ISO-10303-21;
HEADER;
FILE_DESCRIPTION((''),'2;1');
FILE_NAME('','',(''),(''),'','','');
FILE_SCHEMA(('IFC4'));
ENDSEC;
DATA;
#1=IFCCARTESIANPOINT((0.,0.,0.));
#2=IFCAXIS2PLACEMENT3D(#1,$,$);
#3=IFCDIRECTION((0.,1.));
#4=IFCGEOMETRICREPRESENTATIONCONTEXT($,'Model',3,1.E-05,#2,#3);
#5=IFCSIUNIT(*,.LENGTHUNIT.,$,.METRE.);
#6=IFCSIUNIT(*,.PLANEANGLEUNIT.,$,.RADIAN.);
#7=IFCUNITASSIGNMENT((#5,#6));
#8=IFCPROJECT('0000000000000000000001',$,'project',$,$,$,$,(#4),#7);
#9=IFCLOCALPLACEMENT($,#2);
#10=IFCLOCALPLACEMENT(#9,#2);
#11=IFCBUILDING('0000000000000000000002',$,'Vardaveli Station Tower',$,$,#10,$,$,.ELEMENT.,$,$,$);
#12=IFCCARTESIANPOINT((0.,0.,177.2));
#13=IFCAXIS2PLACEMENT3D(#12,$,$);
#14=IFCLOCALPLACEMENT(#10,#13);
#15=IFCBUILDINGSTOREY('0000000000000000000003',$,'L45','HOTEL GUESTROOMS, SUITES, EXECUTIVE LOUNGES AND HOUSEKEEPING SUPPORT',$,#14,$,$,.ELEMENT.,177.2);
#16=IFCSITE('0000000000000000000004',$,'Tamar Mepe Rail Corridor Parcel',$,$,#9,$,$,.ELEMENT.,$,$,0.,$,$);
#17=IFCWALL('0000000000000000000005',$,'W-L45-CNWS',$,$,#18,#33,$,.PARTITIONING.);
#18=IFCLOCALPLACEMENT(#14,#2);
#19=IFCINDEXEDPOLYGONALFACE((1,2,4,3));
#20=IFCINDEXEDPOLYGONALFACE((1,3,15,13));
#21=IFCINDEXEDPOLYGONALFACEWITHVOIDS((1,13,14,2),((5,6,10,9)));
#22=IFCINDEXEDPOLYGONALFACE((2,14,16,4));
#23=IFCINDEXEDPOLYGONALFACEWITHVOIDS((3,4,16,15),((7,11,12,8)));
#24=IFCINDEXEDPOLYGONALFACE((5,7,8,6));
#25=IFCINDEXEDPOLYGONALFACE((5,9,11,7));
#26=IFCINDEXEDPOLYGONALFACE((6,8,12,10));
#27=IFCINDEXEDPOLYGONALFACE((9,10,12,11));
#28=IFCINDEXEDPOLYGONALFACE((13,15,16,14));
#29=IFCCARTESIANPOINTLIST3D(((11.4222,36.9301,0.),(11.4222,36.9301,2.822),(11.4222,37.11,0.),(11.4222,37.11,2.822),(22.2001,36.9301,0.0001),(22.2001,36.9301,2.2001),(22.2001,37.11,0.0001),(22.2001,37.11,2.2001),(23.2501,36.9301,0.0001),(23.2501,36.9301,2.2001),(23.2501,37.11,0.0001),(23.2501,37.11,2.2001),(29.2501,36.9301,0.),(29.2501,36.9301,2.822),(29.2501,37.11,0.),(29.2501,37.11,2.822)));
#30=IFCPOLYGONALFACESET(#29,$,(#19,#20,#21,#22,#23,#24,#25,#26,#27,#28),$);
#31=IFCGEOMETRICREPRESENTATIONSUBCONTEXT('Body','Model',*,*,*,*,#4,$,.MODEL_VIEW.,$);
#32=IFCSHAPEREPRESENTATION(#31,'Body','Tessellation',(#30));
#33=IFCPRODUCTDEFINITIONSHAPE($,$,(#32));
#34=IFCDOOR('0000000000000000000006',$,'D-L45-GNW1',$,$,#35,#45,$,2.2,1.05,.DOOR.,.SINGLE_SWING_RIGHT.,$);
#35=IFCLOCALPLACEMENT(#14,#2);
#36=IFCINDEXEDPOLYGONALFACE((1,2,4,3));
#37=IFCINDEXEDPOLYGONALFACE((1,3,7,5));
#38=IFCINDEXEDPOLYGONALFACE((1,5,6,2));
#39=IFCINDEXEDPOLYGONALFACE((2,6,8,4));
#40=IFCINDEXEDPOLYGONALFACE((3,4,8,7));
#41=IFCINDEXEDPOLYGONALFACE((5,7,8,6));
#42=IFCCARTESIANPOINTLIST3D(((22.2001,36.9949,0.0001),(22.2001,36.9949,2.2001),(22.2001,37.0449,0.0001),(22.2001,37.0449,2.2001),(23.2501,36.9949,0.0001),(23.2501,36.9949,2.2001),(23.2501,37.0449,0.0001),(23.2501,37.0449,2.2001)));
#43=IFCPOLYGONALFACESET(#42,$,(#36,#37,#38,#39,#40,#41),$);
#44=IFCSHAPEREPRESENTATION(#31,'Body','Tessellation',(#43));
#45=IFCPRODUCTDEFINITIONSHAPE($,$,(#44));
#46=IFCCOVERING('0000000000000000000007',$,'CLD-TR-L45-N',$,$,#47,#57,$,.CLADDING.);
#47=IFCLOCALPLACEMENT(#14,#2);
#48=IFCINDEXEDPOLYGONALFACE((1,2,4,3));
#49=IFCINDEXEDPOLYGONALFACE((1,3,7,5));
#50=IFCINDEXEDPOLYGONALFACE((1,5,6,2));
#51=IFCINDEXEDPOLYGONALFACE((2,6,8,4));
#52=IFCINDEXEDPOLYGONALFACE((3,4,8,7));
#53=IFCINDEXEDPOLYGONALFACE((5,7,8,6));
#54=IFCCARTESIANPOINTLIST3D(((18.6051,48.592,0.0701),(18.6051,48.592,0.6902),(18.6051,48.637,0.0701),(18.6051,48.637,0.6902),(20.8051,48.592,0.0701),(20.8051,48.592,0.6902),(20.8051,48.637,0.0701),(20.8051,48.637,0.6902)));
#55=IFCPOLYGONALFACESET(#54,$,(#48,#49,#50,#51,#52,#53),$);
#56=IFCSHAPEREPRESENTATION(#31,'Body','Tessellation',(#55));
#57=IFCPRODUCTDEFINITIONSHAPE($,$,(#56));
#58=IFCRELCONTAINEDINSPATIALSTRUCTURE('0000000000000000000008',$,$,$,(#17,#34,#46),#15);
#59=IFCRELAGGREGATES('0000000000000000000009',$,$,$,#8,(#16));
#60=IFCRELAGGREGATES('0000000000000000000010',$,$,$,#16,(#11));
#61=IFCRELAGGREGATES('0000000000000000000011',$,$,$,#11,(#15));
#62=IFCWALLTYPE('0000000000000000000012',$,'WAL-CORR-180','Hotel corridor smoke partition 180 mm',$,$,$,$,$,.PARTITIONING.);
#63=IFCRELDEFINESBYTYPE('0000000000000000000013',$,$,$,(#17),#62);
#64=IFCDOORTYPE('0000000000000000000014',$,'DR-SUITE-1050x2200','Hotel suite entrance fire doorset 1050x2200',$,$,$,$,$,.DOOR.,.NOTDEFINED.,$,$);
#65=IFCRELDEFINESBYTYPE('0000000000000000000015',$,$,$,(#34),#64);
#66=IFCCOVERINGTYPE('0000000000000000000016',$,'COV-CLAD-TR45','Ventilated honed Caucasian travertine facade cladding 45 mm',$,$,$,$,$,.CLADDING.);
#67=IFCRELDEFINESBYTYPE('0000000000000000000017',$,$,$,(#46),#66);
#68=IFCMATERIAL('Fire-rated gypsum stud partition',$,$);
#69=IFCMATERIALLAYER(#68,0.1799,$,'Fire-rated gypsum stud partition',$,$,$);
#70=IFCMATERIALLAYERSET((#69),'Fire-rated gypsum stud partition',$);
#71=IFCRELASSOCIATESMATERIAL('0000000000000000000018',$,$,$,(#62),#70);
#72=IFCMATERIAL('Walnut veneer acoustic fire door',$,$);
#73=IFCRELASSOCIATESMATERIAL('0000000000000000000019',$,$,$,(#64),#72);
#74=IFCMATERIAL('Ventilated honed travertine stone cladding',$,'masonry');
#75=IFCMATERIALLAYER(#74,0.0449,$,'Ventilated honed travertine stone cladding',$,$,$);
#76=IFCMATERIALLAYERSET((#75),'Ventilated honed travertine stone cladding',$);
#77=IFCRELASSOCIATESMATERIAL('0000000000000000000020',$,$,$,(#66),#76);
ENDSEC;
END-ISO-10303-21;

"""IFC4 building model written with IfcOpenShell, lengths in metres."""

from ifc_helpers import new_model, si_unit, direction, frame, frame_2d, origin, origin_2d, place, context, subcontext, project, spatial, rectangle, extrude, source, transform, mapped, material, layer, layer_set, type_object, element, fill, save


model = new_model("IFC4")

# Units and contexts
model_context = context("Model", 3, precision=1e-05, world=origin(), true_north=direction((0.0, 1.0)))
body_context = subcontext(model_context, "Body", "Model", "MODEL_VIEW")
ifc_project = project(units=[si_unit("LENGTHUNIT", "METRE"), si_unit("PLANEANGLEUNIT", "RADIAN")], contexts=[model_context])

# Site, building, storey
site_placement = place(None, origin())
site = spatial("IfcSite", under=ifc_project, at=site_placement, Name="Tamar Mepe Rail Corridor Parcel", CompositionType="ELEMENT", RefElevation=0.0)
building_placement = place(site_placement, origin())
building = spatial("IfcBuilding", under=site, at=building_placement, Name="Vardaveli Station Tower", CompositionType="ELEMENT")
storey_placement = place(building_placement, frame((0.0, 0.0, 177.2)))
storey = spatial("IfcBuildingStorey", under=building, at=storey_placement, Name="L45", Description="HOTEL GUESTROOMS, SUITES, EXECUTIVE LOUNGES AND HOUSEKEEPING SUPPORT", CompositionType="ELEMENT", Elevation=177.2)

# Wall, opening, door
ifc_material_1 = material(Name="Fire-rated gypsum stud partition")
ifc_layer_1 = layer(ifc_material_1, 0.1799, Name="Fire-rated gypsum stud partition")
ifc_layer_set_1 = layer_set([ifc_layer_1], Name="Fire-rated gypsum stud partition")
wall_type_1 = type_object("IfcWallType", Name="WAL-CORR-180", Description="Hotel corridor smoke partition 180 mm", PredefinedType="PARTITIONING", material=ifc_layer_set_1)
shared_shape_1 = source(origin(), body_context, "Body", "SweptSolid", [
    extrude(rectangle(XDim=17.8279, YDim=0.1799, at=frame_2d((8.9141, 0.0))), origin(), (0.0, 0.0, 1.0), 2.822),
])
wall_1_placement = place(storey_placement, frame((11.4221, 37.02, 0.0), z_axis=(0.0, 0.0, 1.0), x_axis=(1.0, 0.0, 0.0)))
wall_1 = element("IfcWall", 1, at=wall_1_placement, inside=storey, type_object=wall_type_1, Name="W-L45-CNWS", PredefinedType="PARTITIONING", context=body_context, shape_type="MappedRepresentation", body=[
    mapped(shared_shape_1, transform((0.0, 0.0, 0.0), scale=1.0)),
])
shared_shape_2 = source(origin(), body_context, "Body", "SweptSolid", [
    extrude(rectangle(XDim=1.05, YDim=2.2, at=frame_2d((0.5249, 1.1001))), frame((0.0, 0.1001, 0.0), z_axis=(0.0, -1.0, 0.0), x_axis=(1.0, 0.0, 0.0)), (0.0, 0.0, 1.0), 0.2),
])
opening_1_placement = place(wall_1_placement, frame((10.7781, 0.0, 0.0)))
opening_1 = element("IfcOpeningElement", 2, at=opening_1_placement, cuts=wall_1, PredefinedType="OPENING", context=body_context, shape_type="MappedRepresentation", body=[
    mapped(shared_shape_2, transform((0.0, 0.0, 0.0), scale=1.0)),
])
ifc_material_2 = material(Name="Walnut veneer acoustic fire door")
door_type_1 = type_object("IfcDoorType", Name="DR-SUITE-1050x2200", Description="Hotel suite entrance fire doorset 1050x2200", OperationType="NOTDEFINED", PredefinedType="DOOR", material=ifc_material_2)
shared_shape_3 = source(origin(), body_context, "Body", "SweptSolid", [
    extrude(rectangle(XDim=1.05, YDim=2.2, at=frame_2d((0.5249, 1.1001))), frame((0.0, 0.0249, 0.0), z_axis=(0.0, -1.0, 0.0), x_axis=(1.0, 0.0, 0.0)), (0.0, 0.0, 1.0), 0.05),
])
door_1_placement = place(opening_1_placement, origin())
door_1 = element("IfcDoor", 3, at=door_1_placement, inside=storey, type_object=door_type_1, Name="D-L45-GNW1", OperationType="SINGLE_SWING_RIGHT", OverallHeight=2.2, OverallWidth=1.05, PredefinedType="DOOR", context=body_context, shape_type="MappedRepresentation", body=[
    mapped(shared_shape_3, transform((0.0, 0.0, 0.0), scale=1.0)),
])
fill(opening_1, door_1)

# Covering
ifc_material_3 = material(Name="Ventilated honed travertine stone cladding", Category="masonry")
ifc_layer_2 = layer(ifc_material_3, 0.0449, Name="Ventilated honed travertine stone cladding")
ifc_layer_set_2 = layer_set([ifc_layer_2], Name="Ventilated honed travertine stone cladding")
covering_type = type_object("IfcCoveringType", Name="COV-CLAD-TR45", Description="Ventilated honed Caucasian travertine facade cladding 45 mm", PredefinedType="CLADDING", material=ifc_layer_set_2)
shared_shape_4 = source(origin(), body_context, "Body", "SweptSolid", [
    extrude(rectangle(XDim=2.2, YDim=0.0449, at=origin_2d()), origin(), (0.0, 0.0, 1.0), 0.6201),
])
covering_placement = place(storey_placement, frame((19.7051, 48.6145, 0.0701), z_axis=(0.0, 0.0, 1.0), x_axis=(1.0, 0.0, 0.0)))
element("IfcCovering", 4, at=covering_placement, inside=storey, type_object=covering_type, Name="CLD-TR-L45-N", PredefinedType="CLADDING", context=body_context, shape_type="MappedRepresentation", body=[
    mapped(shared_shape_4, transform((0.0, 0.0, 0.0), scale=1.0)),
])

save(model, "model.ifc")
